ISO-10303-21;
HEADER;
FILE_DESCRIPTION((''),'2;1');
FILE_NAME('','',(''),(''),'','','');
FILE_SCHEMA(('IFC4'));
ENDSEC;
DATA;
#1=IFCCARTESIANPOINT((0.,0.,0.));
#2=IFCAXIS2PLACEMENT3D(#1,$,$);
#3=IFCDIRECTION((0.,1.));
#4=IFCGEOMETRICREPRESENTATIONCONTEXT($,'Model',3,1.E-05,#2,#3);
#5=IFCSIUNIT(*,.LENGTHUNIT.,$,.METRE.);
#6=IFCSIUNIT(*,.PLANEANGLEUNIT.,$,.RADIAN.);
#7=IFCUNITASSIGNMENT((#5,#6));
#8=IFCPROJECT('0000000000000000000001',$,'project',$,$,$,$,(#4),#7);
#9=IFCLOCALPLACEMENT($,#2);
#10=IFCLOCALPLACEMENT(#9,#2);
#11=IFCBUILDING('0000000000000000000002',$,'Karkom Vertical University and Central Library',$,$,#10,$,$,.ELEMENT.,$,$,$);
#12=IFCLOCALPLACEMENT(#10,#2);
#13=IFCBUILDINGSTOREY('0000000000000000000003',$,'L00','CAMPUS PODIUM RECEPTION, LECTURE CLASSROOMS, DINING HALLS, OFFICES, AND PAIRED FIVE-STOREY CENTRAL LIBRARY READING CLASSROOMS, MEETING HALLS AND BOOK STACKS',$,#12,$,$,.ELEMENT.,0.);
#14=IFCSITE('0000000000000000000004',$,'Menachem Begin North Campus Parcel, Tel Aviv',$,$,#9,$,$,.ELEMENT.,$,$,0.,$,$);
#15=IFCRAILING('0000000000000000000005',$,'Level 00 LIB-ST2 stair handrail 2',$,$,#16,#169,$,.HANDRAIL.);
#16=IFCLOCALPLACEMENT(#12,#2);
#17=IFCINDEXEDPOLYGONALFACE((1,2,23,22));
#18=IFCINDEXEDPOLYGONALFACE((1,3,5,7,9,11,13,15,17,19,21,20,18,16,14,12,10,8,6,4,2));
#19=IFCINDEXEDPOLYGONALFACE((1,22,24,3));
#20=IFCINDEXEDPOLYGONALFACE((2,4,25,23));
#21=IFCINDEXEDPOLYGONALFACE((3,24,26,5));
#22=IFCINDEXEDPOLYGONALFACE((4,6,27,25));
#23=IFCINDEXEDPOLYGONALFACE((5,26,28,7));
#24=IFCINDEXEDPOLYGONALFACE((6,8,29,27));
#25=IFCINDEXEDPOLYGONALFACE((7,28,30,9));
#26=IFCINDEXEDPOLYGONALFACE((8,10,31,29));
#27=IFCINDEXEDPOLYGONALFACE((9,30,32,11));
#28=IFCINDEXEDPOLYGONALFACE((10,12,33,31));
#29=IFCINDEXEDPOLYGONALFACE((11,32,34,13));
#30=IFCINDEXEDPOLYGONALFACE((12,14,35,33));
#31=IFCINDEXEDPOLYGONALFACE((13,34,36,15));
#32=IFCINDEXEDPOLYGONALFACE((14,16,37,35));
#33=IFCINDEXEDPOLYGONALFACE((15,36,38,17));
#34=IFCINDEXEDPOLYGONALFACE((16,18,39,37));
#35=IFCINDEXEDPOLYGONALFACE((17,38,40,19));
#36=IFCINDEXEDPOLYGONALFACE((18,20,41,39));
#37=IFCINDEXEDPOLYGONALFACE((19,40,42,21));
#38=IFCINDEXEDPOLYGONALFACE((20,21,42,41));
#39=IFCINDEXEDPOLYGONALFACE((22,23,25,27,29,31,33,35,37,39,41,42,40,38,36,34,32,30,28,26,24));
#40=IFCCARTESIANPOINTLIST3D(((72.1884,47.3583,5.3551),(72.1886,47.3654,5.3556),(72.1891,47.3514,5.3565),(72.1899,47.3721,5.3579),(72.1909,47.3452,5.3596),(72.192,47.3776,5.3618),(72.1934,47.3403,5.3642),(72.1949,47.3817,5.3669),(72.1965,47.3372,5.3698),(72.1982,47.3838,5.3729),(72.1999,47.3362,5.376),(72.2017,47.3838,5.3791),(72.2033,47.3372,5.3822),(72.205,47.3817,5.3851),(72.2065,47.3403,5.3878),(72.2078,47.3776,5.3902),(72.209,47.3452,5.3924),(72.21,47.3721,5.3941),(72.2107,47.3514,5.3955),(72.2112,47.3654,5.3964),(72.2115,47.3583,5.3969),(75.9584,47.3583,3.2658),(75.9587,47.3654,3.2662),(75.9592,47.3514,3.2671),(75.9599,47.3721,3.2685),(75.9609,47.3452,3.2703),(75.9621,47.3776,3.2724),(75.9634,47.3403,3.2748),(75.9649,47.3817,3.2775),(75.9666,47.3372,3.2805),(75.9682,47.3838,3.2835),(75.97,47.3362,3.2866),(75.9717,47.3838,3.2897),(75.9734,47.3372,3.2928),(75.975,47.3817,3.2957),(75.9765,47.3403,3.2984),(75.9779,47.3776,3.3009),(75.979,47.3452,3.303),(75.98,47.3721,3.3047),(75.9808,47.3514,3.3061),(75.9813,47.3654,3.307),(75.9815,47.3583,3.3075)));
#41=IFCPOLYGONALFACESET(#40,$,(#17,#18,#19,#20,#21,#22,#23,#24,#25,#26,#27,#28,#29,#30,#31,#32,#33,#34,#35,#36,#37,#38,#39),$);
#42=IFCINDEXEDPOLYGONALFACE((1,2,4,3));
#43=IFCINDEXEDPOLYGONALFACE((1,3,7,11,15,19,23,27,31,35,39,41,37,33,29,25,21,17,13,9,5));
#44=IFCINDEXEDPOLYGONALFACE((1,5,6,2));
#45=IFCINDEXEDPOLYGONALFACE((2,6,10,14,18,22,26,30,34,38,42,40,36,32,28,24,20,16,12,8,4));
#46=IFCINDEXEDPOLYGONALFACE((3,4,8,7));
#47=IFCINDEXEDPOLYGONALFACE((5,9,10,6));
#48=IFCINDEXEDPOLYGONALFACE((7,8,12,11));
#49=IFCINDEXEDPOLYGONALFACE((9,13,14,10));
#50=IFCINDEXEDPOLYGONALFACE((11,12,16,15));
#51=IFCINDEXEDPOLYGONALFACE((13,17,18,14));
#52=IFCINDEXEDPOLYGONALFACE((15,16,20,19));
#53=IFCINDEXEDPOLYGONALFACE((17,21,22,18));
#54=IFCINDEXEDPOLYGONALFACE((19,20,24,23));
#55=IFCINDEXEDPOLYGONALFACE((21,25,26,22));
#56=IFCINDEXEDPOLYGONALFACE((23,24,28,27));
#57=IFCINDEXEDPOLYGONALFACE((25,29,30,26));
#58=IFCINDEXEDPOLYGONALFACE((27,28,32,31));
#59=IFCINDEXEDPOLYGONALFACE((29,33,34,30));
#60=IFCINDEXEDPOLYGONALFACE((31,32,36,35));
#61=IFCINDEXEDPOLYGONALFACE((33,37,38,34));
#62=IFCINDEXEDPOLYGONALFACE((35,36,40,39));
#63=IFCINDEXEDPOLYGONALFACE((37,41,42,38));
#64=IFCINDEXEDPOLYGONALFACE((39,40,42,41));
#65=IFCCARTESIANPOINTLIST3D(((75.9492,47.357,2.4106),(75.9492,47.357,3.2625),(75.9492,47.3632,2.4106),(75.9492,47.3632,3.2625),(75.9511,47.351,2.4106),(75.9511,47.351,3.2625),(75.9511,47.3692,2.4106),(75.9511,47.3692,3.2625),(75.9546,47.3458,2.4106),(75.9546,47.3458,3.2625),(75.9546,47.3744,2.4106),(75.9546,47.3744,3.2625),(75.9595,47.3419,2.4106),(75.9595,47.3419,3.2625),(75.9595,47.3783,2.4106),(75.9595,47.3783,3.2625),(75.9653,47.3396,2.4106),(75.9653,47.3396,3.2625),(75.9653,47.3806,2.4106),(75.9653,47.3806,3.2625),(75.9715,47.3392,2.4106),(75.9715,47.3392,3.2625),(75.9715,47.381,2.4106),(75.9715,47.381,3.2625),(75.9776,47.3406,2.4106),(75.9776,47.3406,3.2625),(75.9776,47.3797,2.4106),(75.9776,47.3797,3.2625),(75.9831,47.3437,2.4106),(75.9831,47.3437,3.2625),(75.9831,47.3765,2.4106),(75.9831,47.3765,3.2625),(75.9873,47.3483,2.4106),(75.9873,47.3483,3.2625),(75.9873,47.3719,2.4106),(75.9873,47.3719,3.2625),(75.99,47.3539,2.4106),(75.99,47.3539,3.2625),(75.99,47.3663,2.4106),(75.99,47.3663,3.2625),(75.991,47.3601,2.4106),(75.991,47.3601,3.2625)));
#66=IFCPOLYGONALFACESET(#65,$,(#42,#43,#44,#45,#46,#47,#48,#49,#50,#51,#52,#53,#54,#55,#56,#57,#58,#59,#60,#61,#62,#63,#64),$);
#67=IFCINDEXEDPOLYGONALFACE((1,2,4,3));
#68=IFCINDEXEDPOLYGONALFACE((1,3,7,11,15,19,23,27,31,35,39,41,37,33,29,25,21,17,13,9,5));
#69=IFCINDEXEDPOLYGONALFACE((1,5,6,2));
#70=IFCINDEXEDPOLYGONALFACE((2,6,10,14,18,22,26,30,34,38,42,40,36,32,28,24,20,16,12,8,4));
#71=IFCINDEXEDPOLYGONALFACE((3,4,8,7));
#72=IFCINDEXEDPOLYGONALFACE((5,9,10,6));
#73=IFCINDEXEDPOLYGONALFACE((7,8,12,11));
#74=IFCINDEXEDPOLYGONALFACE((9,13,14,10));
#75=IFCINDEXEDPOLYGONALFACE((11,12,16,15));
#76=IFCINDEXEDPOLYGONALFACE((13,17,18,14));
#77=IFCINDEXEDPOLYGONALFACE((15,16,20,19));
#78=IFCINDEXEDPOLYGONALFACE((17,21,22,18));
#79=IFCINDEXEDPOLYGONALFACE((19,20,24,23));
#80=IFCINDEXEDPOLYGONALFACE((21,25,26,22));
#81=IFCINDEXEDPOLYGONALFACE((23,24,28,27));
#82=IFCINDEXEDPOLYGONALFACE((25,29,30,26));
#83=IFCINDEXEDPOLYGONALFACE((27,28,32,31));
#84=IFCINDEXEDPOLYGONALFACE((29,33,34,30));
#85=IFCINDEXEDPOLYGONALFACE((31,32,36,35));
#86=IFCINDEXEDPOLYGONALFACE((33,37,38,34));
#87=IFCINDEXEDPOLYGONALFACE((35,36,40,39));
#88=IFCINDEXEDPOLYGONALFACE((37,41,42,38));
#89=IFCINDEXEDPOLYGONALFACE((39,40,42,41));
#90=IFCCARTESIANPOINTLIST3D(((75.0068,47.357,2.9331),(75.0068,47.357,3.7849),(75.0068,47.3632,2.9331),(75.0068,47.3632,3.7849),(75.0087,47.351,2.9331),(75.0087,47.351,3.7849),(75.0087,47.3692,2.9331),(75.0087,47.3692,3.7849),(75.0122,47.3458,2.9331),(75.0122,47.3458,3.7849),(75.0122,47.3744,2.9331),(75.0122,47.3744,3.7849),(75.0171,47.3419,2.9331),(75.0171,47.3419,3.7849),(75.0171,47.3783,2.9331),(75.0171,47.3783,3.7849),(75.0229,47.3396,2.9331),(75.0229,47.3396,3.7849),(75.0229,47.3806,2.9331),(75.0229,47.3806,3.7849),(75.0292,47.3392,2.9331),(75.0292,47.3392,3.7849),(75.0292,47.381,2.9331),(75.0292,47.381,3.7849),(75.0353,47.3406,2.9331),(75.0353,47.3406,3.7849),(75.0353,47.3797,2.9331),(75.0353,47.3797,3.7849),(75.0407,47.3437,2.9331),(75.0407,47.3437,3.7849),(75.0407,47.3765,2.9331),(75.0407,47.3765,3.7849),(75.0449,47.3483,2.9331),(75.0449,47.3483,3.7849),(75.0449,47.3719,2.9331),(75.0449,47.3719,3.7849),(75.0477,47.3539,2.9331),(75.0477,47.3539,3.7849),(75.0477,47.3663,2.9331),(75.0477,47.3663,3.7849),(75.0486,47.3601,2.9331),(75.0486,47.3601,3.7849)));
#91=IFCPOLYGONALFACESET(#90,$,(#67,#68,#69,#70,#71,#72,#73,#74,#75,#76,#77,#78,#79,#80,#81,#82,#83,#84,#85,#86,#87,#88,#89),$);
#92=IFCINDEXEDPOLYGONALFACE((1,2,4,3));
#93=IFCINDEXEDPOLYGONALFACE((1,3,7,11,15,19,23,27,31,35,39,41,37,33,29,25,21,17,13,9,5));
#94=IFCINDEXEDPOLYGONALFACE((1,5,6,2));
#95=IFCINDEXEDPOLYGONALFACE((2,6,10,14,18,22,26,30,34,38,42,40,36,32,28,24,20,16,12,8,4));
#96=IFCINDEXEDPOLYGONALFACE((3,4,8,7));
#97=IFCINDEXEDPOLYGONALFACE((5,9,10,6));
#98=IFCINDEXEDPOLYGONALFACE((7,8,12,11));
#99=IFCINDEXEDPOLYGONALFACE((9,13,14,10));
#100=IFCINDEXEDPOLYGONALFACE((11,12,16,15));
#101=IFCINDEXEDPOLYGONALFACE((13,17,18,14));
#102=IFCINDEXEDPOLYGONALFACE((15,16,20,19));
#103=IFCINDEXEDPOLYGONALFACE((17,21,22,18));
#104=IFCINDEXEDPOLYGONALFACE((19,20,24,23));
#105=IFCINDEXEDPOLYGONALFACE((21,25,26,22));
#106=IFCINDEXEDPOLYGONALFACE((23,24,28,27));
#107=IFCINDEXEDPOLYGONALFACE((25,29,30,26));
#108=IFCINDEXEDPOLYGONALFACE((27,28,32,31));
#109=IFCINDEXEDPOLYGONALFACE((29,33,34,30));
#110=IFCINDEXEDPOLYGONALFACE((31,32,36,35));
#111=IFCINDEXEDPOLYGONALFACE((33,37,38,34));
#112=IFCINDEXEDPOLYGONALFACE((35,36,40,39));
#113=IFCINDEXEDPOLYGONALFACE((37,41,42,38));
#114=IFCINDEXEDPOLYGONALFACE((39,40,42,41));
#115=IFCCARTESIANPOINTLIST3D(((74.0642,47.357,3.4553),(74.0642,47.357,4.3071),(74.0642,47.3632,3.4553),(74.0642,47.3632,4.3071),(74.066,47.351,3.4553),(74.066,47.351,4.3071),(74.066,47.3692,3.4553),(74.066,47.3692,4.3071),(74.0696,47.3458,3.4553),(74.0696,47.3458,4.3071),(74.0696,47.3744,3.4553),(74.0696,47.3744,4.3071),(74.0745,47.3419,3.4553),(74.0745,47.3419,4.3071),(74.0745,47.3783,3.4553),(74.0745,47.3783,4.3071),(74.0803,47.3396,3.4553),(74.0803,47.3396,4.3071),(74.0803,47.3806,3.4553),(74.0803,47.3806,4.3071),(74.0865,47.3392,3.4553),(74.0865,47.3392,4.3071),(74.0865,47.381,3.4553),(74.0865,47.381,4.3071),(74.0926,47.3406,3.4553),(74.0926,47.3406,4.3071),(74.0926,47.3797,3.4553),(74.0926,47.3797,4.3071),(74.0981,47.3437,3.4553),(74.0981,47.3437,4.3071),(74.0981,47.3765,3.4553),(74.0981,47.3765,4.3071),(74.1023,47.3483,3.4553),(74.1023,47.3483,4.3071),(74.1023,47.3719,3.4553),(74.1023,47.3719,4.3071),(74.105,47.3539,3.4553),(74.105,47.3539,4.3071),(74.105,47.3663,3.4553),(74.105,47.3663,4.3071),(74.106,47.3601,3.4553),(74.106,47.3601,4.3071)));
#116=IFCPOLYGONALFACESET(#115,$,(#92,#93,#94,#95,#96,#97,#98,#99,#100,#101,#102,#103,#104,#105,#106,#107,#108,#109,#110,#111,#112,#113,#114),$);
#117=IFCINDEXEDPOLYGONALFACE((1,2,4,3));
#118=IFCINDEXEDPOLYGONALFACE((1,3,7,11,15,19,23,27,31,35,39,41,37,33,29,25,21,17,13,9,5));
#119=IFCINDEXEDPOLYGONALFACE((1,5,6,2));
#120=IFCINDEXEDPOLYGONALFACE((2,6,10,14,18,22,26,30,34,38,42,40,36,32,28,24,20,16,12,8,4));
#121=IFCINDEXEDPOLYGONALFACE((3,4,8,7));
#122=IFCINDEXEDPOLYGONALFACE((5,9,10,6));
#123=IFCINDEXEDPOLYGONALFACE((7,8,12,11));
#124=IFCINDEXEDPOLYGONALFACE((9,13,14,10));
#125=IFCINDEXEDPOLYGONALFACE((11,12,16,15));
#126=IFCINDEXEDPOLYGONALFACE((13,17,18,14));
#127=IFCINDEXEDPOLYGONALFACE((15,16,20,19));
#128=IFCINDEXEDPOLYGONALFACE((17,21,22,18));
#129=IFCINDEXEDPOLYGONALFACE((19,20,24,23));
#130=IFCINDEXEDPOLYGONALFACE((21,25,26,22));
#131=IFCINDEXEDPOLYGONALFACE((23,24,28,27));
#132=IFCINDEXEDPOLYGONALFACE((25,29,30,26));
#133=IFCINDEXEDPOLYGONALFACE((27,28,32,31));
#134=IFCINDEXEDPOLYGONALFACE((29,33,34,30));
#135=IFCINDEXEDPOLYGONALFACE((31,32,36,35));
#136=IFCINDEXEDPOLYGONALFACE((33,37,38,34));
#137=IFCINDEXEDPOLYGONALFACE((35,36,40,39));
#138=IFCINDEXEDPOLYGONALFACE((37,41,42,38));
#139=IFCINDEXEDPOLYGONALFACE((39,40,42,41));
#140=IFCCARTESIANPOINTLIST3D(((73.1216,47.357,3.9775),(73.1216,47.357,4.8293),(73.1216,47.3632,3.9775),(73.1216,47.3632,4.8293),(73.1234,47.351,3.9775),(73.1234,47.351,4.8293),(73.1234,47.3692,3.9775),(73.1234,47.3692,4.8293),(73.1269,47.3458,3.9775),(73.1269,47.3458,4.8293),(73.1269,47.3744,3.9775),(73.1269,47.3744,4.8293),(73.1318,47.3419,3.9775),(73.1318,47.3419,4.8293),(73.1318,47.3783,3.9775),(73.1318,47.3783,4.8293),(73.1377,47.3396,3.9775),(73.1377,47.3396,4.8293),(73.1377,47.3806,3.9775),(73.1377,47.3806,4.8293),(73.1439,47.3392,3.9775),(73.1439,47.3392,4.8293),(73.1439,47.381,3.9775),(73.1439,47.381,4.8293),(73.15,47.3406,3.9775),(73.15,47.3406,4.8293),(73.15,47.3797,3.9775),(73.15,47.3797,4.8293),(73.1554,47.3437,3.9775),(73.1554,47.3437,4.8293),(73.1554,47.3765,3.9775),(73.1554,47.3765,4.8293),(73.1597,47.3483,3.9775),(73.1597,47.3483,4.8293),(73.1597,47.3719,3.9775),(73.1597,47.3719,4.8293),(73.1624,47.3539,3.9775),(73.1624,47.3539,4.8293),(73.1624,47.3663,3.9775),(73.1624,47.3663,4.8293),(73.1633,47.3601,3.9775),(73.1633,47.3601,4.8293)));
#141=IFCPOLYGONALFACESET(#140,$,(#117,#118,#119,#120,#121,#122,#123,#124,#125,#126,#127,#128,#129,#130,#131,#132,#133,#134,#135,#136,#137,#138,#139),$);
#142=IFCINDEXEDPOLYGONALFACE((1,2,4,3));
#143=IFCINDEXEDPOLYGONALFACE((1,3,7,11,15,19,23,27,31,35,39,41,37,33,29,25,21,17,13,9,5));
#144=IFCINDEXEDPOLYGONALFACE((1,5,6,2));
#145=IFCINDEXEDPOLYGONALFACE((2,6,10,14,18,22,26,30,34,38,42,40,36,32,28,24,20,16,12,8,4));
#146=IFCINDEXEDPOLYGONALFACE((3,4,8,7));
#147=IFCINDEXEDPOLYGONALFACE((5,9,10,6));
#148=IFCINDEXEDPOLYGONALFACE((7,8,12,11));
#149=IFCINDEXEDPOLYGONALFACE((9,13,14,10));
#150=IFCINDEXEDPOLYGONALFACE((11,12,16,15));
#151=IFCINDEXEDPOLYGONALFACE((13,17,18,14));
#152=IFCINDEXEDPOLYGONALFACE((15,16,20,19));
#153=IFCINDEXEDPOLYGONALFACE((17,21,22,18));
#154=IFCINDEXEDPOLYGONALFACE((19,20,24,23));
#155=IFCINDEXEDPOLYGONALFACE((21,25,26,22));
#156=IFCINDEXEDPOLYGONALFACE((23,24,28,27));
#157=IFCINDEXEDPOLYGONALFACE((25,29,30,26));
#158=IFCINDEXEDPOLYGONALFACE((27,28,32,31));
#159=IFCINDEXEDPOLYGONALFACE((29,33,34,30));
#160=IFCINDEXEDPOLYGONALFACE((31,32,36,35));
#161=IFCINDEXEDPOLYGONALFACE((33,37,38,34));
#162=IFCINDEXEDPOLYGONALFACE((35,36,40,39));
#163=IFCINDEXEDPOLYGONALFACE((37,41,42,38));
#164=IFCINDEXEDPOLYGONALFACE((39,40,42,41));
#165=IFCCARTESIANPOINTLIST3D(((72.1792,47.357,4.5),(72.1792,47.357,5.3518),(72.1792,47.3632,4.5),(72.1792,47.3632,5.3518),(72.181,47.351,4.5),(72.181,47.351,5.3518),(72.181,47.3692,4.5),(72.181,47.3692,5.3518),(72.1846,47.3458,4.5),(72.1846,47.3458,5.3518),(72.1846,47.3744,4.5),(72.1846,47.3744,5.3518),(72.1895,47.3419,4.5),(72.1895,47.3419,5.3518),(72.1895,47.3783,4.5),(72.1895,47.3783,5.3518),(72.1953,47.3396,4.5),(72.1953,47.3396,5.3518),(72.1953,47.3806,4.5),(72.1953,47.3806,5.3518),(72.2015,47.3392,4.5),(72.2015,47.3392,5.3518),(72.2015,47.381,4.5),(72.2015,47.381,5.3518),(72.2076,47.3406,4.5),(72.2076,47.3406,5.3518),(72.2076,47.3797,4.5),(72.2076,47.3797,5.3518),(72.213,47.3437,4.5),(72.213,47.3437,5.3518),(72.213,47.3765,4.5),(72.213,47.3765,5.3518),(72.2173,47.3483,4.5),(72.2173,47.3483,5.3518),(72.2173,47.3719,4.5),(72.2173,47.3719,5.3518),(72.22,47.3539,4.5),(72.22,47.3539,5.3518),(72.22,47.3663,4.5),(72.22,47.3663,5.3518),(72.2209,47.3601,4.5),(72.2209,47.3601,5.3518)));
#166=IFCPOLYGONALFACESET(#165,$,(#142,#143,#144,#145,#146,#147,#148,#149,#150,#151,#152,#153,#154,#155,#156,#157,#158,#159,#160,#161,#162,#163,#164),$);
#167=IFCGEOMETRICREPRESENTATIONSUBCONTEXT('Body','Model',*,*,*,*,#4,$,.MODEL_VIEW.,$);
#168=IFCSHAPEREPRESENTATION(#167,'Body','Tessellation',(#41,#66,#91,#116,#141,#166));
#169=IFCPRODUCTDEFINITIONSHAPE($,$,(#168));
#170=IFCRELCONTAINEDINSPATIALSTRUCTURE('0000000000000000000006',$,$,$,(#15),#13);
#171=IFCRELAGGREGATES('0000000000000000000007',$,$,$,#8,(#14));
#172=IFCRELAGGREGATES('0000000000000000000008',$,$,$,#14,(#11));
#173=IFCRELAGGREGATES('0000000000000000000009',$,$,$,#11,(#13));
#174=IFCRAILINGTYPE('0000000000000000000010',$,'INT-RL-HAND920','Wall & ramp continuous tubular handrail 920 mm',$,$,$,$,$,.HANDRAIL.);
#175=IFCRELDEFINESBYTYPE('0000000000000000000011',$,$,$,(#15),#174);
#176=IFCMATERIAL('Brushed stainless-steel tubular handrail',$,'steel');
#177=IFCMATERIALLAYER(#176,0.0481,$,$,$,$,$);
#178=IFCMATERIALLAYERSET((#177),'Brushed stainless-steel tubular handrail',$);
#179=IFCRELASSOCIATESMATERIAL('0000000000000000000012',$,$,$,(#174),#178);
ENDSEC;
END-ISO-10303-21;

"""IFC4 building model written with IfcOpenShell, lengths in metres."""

from ifc_helpers import new_model, si_unit, direction, frame, origin, origin_2d, place, context, subcontext, project, spatial, circle, extrude, material, layer, layer_set, type_object, element, save


model = new_model("IFC4")

# Units and contexts
model_context = context("Model", 3, precision=1e-05, world=origin(), true_north=direction((0.0, 1.0)))
body_context = subcontext(model_context, "Body", "Model", "MODEL_VIEW")
ifc_project = project(units=[si_unit("LENGTHUNIT", "METRE"), si_unit("PLANEANGLEUNIT", "RADIAN")], contexts=[model_context])

# Site, building, storey
site_placement = place(None, origin())
site = spatial("IfcSite", under=ifc_project, at=site_placement, Name="Menachem Begin North Campus Parcel, Tel Aviv", CompositionType="ELEMENT", RefElevation=0.0)
building_placement = place(site_placement, origin())
building = spatial("IfcBuilding", under=site, at=building_placement, Name="Karkom Vertical University and Central Library", CompositionType="ELEMENT")
storey_placement = place(building_placement, origin())
storey = spatial("IfcBuildingStorey", under=building, at=storey_placement, Name="L00", Description="CAMPUS PODIUM RECEPTION, LECTURE CLASSROOMS, DINING HALLS, OFFICES, AND PAIRED FIVE-STOREY CENTRAL LIBRARY READING CLASSROOMS, MEETING HALLS AND BOOK STACKS", CompositionType="ELEMENT", Elevation=0.0)

# Railing
ifc_material_1 = material(Name="Brushed stainless-steel tubular handrail", Category="steel")
ifc_layer_1 = layer(ifc_material_1, 0.0481)
ifc_layer_set_1 = layer_set([ifc_layer_1], Name="Brushed stainless-steel tubular handrail")
railing_type_1 = type_object("IfcRailingType", Name="INT-RL-HAND920", Description="Wall & ramp continuous tubular handrail 920 mm", PredefinedType="HANDRAIL", material=ifc_layer_set_1)
railing_1_placement = place(storey_placement, frame((75.97, 47.3601, 2.4106)))
element("IfcRailing", 1, at=railing_1_placement, inside=storey, type_object=railing_type_1, Name="Level 00 LIB-ST2 stair handrail 2", PredefinedType="HANDRAIL", context=body_context, shape_type="SweptSolid", body=[
    extrude(circle(Radius=0.0239, at=origin_2d()), frame((0.0, 0.0, 0.876), z_axis=(-0.874659, 0.0, 0.484739), x_axis=(0.0, -1.0, 0.0)), (0.0, 0.0, 1.0), 4.3103),
    extrude(circle(Radius=0.021, at=origin_2d()), origin(), (0.0, 0.0, 1.0), 0.8518),
    extrude(circle(Radius=0.021, at=origin_2d()), frame((-0.9424, 0.0, 0.5225)), (0.0, 0.0, 1.0), 0.8518),
    extrude(circle(Radius=0.021, at=origin_2d()), frame((-1.885, 0.0, 1.0447)), (0.0, 0.0, 1.0), 0.8518),
    extrude(circle(Radius=0.021, at=origin_2d()), frame((-2.8276, 0.0, 1.5669)), (0.0, 0.0, 1.0), 0.8518),
    extrude(circle(Radius=0.021, at=origin_2d()), frame((-3.77, 0.0, 2.0894)), (0.0, 0.0, 1.0), 0.8518),
])

save(model, "model.ifc")
